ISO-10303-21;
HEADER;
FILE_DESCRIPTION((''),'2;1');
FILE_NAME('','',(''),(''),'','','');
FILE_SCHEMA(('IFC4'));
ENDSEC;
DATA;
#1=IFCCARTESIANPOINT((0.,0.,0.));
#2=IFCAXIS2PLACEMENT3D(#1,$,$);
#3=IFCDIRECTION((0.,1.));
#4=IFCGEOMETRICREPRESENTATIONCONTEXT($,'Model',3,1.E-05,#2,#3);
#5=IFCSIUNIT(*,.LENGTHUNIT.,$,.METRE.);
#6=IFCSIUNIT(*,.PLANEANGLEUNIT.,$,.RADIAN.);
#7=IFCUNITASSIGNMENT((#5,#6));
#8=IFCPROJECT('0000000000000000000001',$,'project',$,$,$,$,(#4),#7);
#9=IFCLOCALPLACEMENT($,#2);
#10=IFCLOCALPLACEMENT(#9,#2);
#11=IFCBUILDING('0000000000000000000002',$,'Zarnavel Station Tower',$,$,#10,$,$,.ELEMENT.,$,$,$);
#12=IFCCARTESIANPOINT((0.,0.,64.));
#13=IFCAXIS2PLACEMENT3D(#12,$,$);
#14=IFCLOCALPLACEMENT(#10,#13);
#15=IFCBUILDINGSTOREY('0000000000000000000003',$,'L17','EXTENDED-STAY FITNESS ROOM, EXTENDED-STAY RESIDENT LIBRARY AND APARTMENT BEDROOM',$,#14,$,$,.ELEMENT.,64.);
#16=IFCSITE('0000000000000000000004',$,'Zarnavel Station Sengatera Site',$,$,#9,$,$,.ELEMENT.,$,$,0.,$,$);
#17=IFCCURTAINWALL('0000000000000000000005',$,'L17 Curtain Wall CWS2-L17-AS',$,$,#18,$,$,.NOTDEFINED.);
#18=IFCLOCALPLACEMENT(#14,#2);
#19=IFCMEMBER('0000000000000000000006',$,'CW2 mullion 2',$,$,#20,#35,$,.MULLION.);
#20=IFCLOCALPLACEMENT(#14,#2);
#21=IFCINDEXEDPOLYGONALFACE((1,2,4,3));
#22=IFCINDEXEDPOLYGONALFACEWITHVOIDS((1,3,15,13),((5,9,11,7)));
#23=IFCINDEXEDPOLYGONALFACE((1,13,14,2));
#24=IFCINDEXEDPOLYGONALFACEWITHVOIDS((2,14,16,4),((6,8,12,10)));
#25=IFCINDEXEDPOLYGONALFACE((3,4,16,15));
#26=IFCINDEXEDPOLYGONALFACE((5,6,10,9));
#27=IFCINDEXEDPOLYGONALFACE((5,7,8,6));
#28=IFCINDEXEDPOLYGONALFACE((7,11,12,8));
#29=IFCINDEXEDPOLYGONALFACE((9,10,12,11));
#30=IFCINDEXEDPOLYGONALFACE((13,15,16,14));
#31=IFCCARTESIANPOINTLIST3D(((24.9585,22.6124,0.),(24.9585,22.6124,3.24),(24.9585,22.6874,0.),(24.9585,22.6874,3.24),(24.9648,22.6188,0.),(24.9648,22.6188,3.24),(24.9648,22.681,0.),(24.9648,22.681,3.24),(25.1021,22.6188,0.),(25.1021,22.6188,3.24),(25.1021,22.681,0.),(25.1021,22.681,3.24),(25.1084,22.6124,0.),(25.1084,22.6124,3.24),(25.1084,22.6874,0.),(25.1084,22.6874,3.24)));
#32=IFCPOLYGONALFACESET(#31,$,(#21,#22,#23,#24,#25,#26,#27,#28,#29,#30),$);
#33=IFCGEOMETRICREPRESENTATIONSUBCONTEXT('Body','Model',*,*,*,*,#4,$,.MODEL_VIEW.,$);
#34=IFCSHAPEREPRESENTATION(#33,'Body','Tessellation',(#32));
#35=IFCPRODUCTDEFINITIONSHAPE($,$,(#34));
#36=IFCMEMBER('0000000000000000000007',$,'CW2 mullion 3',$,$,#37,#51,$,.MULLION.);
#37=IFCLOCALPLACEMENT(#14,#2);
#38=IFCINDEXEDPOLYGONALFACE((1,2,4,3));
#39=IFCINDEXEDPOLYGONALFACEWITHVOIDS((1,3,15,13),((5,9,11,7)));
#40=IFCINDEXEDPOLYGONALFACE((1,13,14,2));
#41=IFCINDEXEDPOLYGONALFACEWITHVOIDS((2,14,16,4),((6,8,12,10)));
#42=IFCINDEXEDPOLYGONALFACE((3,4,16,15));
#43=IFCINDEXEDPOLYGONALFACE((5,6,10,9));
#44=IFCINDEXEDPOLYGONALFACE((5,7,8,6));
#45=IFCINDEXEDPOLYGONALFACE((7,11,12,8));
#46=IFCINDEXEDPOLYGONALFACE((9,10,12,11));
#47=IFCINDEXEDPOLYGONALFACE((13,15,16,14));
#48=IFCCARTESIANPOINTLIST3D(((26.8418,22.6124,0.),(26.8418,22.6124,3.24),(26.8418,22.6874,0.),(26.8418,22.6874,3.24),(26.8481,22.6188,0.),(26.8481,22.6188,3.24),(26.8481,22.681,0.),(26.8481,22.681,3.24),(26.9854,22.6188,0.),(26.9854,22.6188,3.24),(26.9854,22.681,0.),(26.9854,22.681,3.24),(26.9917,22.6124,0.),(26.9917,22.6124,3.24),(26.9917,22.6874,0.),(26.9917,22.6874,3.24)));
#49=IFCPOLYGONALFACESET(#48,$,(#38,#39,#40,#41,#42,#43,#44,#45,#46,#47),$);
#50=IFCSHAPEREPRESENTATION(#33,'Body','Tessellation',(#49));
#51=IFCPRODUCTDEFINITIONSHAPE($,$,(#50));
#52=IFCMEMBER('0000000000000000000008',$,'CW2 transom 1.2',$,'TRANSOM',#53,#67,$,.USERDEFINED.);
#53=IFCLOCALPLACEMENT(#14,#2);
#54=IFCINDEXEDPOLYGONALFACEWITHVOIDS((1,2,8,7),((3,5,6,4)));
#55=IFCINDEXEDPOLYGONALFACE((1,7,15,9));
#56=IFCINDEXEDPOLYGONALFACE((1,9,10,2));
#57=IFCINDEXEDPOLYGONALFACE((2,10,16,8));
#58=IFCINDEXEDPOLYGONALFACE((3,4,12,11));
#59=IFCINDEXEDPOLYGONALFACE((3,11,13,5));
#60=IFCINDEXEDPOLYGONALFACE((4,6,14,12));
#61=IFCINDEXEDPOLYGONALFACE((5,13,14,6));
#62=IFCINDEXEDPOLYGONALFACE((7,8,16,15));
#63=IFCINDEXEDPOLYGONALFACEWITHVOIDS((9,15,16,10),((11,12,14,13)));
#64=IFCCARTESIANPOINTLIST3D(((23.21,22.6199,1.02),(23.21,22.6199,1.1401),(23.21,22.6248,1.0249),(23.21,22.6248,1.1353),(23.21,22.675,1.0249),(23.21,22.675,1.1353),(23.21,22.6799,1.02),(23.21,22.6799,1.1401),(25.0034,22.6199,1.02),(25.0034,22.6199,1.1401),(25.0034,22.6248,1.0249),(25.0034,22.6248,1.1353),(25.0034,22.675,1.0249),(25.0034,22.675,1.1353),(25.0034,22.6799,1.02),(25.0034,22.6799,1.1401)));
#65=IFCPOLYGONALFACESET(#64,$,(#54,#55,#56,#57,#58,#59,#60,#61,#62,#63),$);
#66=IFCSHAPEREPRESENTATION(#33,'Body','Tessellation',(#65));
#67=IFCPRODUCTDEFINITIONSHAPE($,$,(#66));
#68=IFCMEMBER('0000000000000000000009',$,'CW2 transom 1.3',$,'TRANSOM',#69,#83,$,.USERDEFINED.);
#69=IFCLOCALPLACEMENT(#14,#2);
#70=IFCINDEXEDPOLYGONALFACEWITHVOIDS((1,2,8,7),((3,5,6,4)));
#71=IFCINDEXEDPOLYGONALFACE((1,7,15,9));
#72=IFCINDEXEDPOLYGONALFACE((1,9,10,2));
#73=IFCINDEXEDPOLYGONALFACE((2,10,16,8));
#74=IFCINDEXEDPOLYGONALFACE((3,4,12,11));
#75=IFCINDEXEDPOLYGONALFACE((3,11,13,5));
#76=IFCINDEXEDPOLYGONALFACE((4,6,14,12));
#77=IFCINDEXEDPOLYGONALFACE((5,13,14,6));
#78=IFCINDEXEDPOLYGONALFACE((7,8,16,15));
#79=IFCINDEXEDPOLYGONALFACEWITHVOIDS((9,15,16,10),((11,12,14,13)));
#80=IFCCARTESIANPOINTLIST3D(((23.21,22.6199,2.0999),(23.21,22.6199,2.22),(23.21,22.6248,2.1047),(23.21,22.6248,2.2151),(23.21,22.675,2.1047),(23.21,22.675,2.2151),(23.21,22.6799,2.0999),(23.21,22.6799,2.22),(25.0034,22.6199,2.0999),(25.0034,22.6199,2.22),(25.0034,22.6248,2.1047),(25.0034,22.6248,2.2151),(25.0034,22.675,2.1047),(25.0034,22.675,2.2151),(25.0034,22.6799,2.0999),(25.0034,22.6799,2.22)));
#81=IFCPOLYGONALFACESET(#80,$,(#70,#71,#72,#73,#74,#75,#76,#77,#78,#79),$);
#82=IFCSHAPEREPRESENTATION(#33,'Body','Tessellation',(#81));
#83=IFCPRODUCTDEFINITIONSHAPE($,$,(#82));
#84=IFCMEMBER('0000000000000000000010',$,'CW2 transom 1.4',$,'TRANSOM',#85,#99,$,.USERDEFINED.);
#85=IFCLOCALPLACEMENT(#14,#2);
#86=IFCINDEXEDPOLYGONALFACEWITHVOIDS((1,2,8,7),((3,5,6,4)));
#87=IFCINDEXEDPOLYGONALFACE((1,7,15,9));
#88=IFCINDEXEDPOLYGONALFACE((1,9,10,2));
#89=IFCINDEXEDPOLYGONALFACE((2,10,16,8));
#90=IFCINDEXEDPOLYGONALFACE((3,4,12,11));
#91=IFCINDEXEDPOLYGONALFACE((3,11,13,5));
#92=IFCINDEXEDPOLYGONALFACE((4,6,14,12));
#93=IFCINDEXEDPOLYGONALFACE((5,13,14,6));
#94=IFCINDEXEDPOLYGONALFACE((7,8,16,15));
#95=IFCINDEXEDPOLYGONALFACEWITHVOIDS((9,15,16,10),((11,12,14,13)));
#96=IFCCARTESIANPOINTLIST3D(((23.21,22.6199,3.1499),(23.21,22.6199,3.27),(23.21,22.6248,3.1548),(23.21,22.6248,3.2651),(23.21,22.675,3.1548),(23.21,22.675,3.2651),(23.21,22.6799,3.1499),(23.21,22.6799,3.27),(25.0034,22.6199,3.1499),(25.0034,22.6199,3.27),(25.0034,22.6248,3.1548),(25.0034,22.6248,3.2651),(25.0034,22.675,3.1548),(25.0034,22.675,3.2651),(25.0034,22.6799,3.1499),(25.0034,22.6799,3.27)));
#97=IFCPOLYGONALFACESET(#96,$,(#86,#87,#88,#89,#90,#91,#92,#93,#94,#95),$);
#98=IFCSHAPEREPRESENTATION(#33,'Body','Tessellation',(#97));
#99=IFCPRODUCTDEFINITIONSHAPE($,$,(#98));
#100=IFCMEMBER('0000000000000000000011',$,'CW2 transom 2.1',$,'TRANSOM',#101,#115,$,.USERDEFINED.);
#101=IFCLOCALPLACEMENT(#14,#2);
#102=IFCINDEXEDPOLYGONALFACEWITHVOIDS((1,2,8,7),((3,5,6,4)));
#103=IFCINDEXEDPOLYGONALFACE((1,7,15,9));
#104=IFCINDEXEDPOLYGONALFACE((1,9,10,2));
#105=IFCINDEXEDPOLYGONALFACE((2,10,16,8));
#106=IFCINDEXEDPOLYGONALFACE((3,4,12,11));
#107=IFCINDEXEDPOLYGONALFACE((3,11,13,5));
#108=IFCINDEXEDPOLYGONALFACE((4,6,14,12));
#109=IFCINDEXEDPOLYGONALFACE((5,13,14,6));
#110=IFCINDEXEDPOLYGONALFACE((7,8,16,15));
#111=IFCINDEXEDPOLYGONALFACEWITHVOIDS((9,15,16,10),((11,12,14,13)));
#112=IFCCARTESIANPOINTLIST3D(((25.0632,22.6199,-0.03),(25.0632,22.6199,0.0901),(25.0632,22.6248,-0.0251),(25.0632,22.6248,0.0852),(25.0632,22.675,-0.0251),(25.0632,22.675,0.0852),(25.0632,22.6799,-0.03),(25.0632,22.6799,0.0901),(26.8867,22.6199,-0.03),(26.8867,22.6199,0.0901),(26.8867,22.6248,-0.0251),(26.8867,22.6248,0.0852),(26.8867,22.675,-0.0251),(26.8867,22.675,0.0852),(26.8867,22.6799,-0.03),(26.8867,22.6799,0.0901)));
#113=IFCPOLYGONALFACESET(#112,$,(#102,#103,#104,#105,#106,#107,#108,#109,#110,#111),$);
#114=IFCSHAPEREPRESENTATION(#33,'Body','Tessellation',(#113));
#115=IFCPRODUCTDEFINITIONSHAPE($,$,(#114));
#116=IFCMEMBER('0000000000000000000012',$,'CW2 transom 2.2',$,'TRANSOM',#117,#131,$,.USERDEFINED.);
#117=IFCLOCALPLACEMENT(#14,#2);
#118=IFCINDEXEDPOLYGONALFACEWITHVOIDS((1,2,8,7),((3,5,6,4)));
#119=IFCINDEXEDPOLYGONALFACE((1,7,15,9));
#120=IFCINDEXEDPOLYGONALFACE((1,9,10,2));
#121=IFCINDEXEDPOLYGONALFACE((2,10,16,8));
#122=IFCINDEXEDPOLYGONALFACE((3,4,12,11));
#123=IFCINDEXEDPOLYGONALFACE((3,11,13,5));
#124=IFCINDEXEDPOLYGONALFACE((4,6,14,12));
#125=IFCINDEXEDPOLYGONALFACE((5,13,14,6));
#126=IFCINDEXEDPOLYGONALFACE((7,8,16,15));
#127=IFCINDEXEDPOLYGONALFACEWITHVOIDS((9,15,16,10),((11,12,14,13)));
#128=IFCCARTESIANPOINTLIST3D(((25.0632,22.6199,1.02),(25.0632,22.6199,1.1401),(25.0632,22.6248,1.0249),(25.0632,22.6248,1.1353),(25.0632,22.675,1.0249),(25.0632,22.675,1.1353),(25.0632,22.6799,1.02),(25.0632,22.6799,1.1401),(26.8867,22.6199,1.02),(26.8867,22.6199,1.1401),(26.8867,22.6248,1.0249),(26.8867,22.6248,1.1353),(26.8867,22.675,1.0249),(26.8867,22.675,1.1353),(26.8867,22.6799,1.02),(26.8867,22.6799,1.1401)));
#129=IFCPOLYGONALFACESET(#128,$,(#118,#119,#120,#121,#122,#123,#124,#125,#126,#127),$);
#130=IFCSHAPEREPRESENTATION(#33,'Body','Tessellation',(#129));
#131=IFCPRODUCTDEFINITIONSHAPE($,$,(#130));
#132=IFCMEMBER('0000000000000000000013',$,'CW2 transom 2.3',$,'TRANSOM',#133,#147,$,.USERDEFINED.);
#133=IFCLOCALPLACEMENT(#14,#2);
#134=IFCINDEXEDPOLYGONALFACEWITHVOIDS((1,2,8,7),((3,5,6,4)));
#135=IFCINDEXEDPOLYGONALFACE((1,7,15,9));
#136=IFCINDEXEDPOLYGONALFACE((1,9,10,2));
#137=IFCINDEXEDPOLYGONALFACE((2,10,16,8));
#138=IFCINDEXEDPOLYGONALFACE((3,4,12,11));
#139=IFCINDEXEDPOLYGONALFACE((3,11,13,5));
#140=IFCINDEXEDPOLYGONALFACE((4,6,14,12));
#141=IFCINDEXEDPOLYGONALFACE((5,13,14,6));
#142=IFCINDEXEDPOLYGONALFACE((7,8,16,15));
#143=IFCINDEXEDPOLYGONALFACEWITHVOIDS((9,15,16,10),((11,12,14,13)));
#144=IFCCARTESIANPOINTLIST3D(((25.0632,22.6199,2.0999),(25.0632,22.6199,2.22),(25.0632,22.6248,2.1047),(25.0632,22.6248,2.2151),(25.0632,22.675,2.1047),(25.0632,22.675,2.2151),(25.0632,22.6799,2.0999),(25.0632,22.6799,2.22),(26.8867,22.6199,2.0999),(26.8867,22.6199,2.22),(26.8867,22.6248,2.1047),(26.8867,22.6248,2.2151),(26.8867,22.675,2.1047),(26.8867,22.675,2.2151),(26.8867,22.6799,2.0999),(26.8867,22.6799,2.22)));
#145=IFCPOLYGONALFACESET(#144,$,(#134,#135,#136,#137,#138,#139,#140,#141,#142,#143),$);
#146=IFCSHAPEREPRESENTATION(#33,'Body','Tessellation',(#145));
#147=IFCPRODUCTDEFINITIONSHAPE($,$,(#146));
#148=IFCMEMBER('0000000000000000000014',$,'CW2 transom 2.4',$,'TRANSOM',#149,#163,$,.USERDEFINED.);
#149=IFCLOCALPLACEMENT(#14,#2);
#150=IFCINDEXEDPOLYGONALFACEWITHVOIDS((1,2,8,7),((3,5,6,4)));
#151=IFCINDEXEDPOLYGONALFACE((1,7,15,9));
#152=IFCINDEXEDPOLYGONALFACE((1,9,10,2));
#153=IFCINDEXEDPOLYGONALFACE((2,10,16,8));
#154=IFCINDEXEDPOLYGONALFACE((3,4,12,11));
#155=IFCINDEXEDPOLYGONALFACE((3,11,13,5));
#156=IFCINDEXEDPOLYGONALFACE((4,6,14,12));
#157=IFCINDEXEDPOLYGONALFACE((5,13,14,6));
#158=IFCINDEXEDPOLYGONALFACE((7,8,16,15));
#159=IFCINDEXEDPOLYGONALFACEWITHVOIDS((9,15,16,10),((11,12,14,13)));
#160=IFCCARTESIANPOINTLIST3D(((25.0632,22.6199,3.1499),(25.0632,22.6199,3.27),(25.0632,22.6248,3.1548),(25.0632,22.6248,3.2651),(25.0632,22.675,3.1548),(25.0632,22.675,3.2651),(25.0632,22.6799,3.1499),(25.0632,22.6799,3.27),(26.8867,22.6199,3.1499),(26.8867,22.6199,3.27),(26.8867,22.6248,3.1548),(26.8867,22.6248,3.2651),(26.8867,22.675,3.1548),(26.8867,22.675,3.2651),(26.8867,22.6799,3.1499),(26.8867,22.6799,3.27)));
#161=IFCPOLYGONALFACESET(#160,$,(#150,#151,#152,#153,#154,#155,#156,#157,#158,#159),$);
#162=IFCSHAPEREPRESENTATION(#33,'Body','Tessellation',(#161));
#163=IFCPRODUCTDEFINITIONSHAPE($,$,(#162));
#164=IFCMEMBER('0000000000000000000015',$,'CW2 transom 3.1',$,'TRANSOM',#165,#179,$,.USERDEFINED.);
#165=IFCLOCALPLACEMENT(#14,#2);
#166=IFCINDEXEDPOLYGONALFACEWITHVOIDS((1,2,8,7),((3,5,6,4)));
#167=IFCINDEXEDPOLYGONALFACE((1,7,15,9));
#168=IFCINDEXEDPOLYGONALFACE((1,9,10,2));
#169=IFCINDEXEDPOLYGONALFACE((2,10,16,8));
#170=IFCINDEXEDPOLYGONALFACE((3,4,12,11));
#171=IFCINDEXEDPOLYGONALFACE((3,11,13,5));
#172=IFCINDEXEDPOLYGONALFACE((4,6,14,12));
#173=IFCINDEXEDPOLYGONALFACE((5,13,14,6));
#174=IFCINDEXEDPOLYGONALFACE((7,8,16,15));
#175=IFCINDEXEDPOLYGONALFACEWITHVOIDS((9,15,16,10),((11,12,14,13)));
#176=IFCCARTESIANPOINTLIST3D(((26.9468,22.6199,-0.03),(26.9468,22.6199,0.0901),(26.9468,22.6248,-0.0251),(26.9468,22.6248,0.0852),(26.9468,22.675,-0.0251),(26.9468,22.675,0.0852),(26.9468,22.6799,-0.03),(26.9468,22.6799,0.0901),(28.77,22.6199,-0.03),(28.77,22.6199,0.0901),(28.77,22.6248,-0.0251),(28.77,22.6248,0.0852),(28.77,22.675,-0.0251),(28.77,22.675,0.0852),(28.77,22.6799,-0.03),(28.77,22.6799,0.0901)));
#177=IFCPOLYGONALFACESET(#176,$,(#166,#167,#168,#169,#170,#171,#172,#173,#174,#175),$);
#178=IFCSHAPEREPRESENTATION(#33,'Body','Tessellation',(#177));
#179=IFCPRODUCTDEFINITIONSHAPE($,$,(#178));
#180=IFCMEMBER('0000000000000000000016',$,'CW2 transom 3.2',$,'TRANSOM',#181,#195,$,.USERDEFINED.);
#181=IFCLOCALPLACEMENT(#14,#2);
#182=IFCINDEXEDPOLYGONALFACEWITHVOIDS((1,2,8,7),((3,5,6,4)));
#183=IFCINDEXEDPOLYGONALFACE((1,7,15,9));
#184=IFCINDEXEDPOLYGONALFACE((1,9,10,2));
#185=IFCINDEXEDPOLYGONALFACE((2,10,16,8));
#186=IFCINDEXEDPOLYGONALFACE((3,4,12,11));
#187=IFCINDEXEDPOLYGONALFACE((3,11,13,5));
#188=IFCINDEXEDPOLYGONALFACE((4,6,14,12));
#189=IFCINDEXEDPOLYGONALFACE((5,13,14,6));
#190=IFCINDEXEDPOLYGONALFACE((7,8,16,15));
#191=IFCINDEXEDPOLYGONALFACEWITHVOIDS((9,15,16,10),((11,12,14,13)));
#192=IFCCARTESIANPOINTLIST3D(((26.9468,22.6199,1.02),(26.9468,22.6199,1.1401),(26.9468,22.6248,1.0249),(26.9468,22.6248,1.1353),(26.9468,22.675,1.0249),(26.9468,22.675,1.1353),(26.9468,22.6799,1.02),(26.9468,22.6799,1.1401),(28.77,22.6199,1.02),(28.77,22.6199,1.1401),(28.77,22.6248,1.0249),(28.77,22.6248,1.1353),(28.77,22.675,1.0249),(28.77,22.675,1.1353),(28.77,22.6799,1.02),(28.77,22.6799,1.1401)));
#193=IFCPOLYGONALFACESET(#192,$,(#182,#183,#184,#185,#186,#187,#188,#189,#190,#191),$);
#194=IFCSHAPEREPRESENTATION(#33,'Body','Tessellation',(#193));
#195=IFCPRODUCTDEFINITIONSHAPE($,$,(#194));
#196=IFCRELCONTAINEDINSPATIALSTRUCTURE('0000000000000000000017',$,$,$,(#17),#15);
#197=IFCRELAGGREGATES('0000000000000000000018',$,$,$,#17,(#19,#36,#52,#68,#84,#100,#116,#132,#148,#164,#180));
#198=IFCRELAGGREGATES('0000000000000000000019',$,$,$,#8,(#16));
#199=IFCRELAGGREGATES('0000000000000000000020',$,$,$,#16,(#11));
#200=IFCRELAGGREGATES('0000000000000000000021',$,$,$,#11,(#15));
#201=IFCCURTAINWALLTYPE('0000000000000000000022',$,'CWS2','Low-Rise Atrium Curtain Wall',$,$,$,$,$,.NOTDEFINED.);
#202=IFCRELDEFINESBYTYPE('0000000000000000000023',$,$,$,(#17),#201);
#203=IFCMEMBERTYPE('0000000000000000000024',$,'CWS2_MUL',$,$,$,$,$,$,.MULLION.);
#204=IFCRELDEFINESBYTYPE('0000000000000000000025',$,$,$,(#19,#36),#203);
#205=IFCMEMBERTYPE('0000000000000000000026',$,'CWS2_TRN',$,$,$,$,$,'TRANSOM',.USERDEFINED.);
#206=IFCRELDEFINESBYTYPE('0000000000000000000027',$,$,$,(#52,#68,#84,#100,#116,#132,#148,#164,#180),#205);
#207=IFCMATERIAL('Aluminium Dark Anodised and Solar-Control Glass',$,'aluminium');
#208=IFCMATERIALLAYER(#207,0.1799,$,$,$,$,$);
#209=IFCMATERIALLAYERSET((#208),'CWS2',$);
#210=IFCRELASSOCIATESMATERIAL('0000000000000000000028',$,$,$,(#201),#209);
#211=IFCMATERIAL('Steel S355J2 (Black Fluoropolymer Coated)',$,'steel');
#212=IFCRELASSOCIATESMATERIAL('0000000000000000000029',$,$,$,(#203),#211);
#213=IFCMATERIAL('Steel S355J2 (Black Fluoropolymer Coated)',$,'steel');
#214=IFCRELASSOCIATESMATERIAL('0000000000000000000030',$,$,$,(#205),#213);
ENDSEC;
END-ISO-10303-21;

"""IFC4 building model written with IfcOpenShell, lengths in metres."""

from ifc_helpers import new_model, si_unit, direction, frame, origin, origin_2d, place, context, subcontext, project, spatial, hollow_rectangle, extrude, material, layer, layer_set, material_profile, profile_set, type_object, element, aggregate, save


model = new_model("IFC4")

# Units and contexts
model_context = context("Model", 3, precision=1e-05, world=origin(), true_north=direction((0.0, 1.0)))
body_context = subcontext(model_context, "Body", "Model", "MODEL_VIEW")
ifc_project = project(units=[si_unit("LENGTHUNIT", "METRE"), si_unit("PLANEANGLEUNIT", "RADIAN")], contexts=[model_context])

# Site, building, storey
site_placement = place(None, origin())
site = spatial("IfcSite", under=ifc_project, at=site_placement, Name="Zarnavel Station Sengatera Site", CompositionType="ELEMENT", RefElevation=0.0)
building_placement = place(site_placement, origin())
building = spatial("IfcBuilding", under=site, at=building_placement, Name="Zarnavel Station Tower", CompositionType="ELEMENT")
storey_placement = place(building_placement, frame((0.0, 0.0, 64.0)))
storey = spatial("IfcBuildingStorey", under=building, at=storey_placement, Name="L17", Description="EXTENDED-STAY FITNESS ROOM, EXTENDED-STAY RESIDENT LIBRARY AND APARTMENT BEDROOM", CompositionType="ELEMENT", Elevation=64.0)

# Curtain wall, members
ifc_material_1 = material(Name="Aluminium Dark Anodised and Solar-Control Glass", Category="aluminium")
ifc_layer_1 = layer(ifc_material_1, 0.1799)
ifc_layer_set_1 = layer_set([ifc_layer_1], Name="CWS2")
curtain_wall_type = type_object("IfcCurtainWallType", Name="CWS2", Description="Low-Rise Atrium Curtain Wall", PredefinedType="NOTDEFINED", material=ifc_layer_set_1)
curtain_wall_placement = place(storey_placement, origin())
curtain_wall = element("IfcCurtainWall", 1, at=curtain_wall_placement, inside=storey, type_object=curtain_wall_type, Name="L17 Curtain Wall CWS2-L17-AS", PredefinedType="NOTDEFINED")
ifc_material_2 = material(Name="Steel S355J2 (Black Fluoropolymer Coated)", Category="steel")
ifc_material_profile_1 = material_profile(ifc_material_2, hollow_rectangle(XDim=0.075, YDim=0.1499, WallThickness=0.0063, at=origin_2d()), Name="RHS150x75x6.3")
ifc_profile_set_1 = profile_set([ifc_material_profile_1], Name="Steel S355J2 (Black Fluoropolymer Coated)")
member_type_1 = type_object("IfcMemberType", Name="CWS2_MUL", PredefinedType="MULLION", material=ifc_profile_set_1)
member_1_placement = place(storey_placement, frame((25.0334, 22.6499, 0.0), z_axis=(0.0, 0.0, 1.0), x_axis=(0.0, 1.0, 0.0)))
member_1 = element("IfcMember", 2, at=member_1_placement, type_object=member_type_1, Name="CW2 mullion 2", PredefinedType="MULLION", context=body_context, shape_type="SweptSolid", body=[
    extrude(hollow_rectangle(XDim=0.075, YDim=0.1499, WallThickness=0.0063, at=origin_2d()), origin(), (0.0, 0.0, 1.0), 3.24),
])
member_2_placement = place(storey_placement, frame((26.9167, 22.6499, 0.0), z_axis=(0.0, 0.0, 1.0), x_axis=(0.0, 1.0, 0.0)))
member_2 = element("IfcMember", 3, at=member_2_placement, type_object=member_type_1, Name="CW2 mullion 3", PredefinedType="MULLION", context=body_context, shape_type="SweptSolid", body=[
    extrude(hollow_rectangle(XDim=0.075, YDim=0.1499, WallThickness=0.0063, at=origin_2d()), origin(), (0.0, 0.0, 1.0), 3.24),
])
ifc_material_3 = material(Name="Steel S355J2 (Black Fluoropolymer Coated)", Category="steel")
ifc_material_profile_2 = material_profile(ifc_material_3, hollow_rectangle(XDim=0.0601, YDim=0.1201, WallThickness=0.0049, at=origin_2d()), Name="RHS120x60x5")
ifc_profile_set_2 = profile_set([ifc_material_profile_2], Name="Steel S355J2 (Black Fluoropolymer Coated)")
member_type_2 = type_object("IfcMemberType", Name="CWS2_TRN", ElementType="TRANSOM", PredefinedType="USERDEFINED", material=ifc_profile_set_2)
member_3_placement = place(storey_placement, frame((23.21, 22.6499, 1.0801), z_axis=(1.0, 0.0, 0.0), x_axis=(0.0, 1.0, 0.0)))
member_3 = element("IfcMember", 4, at=member_3_placement, type_object=member_type_2, Name="CW2 transom 1.2", ObjectType="TRANSOM", PredefinedType="USERDEFINED", context=body_context, shape_type="SweptSolid", body=[
    extrude(hollow_rectangle(XDim=0.0601, YDim=0.1201, WallThickness=0.0049, at=origin_2d()), origin(), (0.0, 0.0, 1.0), 1.7935),
])
member_4_placement = place(storey_placement, frame((23.21, 22.6499, 2.1599), z_axis=(1.0, 0.0, 0.0), x_axis=(0.0, 1.0, 0.0)))
member_4 = element("IfcMember", 5, at=member_4_placement, type_object=member_type_2, Name="CW2 transom 1.3", ObjectType="TRANSOM", PredefinedType="USERDEFINED", context=body_context, shape_type="SweptSolid", body=[
    extrude(hollow_rectangle(XDim=0.0601, YDim=0.1201, WallThickness=0.0049, at=origin_2d()), origin(), (0.0, 0.0, 1.0), 1.7935),
])
member_5_placement = place(storey_placement, frame((23.21, 22.6499, 3.21), z_axis=(1.0, 0.0, 0.0), x_axis=(0.0, 1.0, 0.0)))
member_5 = element("IfcMember", 6, at=member_5_placement, type_object=member_type_2, Name="CW2 transom 1.4", ObjectType="TRANSOM", PredefinedType="USERDEFINED", context=body_context, shape_type="SweptSolid", body=[
    extrude(hollow_rectangle(XDim=0.0601, YDim=0.1201, WallThickness=0.0049, at=origin_2d()), origin(), (0.0, 0.0, 1.0), 1.7935),
])
member_6_placement = place(storey_placement, frame((25.0632, 22.6499, 0.03), z_axis=(1.0, 0.0, 0.0), x_axis=(0.0, 1.0, 0.0)))
member_6 = element("IfcMember", 7, at=member_6_placement, type_object=member_type_2, Name="CW2 transom 2.1", ObjectType="TRANSOM", PredefinedType="USERDEFINED", context=body_context, shape_type="SweptSolid", body=[
    extrude(hollow_rectangle(XDim=0.0601, YDim=0.1201, WallThickness=0.0049, at=origin_2d()), origin(), (0.0, 0.0, 1.0), 1.8235),
])
member_7_placement = place(storey_placement, frame((25.0632, 22.6499, 1.0801), z_axis=(1.0, 0.0, 0.0), x_axis=(0.0, 1.0, 0.0)))
member_7 = element("IfcMember", 8, at=member_7_placement, type_object=member_type_2, Name="CW2 transom 2.2", ObjectType="TRANSOM", PredefinedType="USERDEFINED", context=body_context, shape_type="SweptSolid", body=[
    extrude(hollow_rectangle(XDim=0.0601, YDim=0.1201, WallThickness=0.0049, at=origin_2d()), origin(), (0.0, 0.0, 1.0), 1.8235),
])
member_8_placement = place(storey_placement, frame((25.0632, 22.6499, 2.1599), z_axis=(1.0, 0.0, 0.0), x_axis=(0.0, 1.0, 0.0)))
member_8 = element("IfcMember", 9, at=member_8_placement, type_object=member_type_2, Name="CW2 transom 2.3", ObjectType="TRANSOM", PredefinedType="USERDEFINED", context=body_context, shape_type="SweptSolid", body=[
    extrude(hollow_rectangle(XDim=0.0601, YDim=0.1201, WallThickness=0.0049, at=origin_2d()), origin(), (0.0, 0.0, 1.0), 1.8235),
])
member_9_placement = place(storey_placement, frame((25.0632, 22.6499, 3.21), z_axis=(1.0, 0.0, 0.0), x_axis=(0.0, 1.0, 0.0)))
member_9 = element("IfcMember", 10, at=member_9_placement, type_object=member_type_2, Name="CW2 transom 2.4", ObjectType="TRANSOM", PredefinedType="USERDEFINED", context=body_context, shape_type="SweptSolid", body=[
    extrude(hollow_rectangle(XDim=0.0601, YDim=0.1201, WallThickness=0.0049, at=origin_2d()), origin(), (0.0, 0.0, 1.0), 1.8235),
])
member_10_placement = place(storey_placement, frame((26.9468, 22.6499, 0.03), z_axis=(1.0, 0.0, 0.0), x_axis=(0.0, 1.0, 0.0)))
member_10 = element("IfcMember", 11, at=member_10_placement, type_object=member_type_2, Name="CW2 transom 3.1", ObjectType="TRANSOM", PredefinedType="USERDEFINED", context=body_context, shape_type="SweptSolid", body=[
    extrude(hollow_rectangle(XDim=0.0601, YDim=0.1201, WallThickness=0.0049, at=origin_2d()), origin(), (0.0, 0.0, 1.0), 1.8232),
])
member_11_placement = place(storey_placement, frame((26.9468, 22.6499, 1.0801), z_axis=(1.0, 0.0, 0.0), x_axis=(0.0, 1.0, 0.0)))
member_11 = element("IfcMember", 12, at=member_11_placement, type_object=member_type_2, Name="CW2 transom 3.2", ObjectType="TRANSOM", PredefinedType="USERDEFINED", context=body_context, shape_type="SweptSolid", body=[
    extrude(hollow_rectangle(XDim=0.0601, YDim=0.1201, WallThickness=0.0049, at=origin_2d()), origin(), (0.0, 0.0, 1.0), 1.8232),
])
aggregate(curtain_wall, [member_1, member_2, member_3, member_4, member_5, member_6, member_7, member_8, member_9, member_10, member_11])

save(model, "model.ifc")
